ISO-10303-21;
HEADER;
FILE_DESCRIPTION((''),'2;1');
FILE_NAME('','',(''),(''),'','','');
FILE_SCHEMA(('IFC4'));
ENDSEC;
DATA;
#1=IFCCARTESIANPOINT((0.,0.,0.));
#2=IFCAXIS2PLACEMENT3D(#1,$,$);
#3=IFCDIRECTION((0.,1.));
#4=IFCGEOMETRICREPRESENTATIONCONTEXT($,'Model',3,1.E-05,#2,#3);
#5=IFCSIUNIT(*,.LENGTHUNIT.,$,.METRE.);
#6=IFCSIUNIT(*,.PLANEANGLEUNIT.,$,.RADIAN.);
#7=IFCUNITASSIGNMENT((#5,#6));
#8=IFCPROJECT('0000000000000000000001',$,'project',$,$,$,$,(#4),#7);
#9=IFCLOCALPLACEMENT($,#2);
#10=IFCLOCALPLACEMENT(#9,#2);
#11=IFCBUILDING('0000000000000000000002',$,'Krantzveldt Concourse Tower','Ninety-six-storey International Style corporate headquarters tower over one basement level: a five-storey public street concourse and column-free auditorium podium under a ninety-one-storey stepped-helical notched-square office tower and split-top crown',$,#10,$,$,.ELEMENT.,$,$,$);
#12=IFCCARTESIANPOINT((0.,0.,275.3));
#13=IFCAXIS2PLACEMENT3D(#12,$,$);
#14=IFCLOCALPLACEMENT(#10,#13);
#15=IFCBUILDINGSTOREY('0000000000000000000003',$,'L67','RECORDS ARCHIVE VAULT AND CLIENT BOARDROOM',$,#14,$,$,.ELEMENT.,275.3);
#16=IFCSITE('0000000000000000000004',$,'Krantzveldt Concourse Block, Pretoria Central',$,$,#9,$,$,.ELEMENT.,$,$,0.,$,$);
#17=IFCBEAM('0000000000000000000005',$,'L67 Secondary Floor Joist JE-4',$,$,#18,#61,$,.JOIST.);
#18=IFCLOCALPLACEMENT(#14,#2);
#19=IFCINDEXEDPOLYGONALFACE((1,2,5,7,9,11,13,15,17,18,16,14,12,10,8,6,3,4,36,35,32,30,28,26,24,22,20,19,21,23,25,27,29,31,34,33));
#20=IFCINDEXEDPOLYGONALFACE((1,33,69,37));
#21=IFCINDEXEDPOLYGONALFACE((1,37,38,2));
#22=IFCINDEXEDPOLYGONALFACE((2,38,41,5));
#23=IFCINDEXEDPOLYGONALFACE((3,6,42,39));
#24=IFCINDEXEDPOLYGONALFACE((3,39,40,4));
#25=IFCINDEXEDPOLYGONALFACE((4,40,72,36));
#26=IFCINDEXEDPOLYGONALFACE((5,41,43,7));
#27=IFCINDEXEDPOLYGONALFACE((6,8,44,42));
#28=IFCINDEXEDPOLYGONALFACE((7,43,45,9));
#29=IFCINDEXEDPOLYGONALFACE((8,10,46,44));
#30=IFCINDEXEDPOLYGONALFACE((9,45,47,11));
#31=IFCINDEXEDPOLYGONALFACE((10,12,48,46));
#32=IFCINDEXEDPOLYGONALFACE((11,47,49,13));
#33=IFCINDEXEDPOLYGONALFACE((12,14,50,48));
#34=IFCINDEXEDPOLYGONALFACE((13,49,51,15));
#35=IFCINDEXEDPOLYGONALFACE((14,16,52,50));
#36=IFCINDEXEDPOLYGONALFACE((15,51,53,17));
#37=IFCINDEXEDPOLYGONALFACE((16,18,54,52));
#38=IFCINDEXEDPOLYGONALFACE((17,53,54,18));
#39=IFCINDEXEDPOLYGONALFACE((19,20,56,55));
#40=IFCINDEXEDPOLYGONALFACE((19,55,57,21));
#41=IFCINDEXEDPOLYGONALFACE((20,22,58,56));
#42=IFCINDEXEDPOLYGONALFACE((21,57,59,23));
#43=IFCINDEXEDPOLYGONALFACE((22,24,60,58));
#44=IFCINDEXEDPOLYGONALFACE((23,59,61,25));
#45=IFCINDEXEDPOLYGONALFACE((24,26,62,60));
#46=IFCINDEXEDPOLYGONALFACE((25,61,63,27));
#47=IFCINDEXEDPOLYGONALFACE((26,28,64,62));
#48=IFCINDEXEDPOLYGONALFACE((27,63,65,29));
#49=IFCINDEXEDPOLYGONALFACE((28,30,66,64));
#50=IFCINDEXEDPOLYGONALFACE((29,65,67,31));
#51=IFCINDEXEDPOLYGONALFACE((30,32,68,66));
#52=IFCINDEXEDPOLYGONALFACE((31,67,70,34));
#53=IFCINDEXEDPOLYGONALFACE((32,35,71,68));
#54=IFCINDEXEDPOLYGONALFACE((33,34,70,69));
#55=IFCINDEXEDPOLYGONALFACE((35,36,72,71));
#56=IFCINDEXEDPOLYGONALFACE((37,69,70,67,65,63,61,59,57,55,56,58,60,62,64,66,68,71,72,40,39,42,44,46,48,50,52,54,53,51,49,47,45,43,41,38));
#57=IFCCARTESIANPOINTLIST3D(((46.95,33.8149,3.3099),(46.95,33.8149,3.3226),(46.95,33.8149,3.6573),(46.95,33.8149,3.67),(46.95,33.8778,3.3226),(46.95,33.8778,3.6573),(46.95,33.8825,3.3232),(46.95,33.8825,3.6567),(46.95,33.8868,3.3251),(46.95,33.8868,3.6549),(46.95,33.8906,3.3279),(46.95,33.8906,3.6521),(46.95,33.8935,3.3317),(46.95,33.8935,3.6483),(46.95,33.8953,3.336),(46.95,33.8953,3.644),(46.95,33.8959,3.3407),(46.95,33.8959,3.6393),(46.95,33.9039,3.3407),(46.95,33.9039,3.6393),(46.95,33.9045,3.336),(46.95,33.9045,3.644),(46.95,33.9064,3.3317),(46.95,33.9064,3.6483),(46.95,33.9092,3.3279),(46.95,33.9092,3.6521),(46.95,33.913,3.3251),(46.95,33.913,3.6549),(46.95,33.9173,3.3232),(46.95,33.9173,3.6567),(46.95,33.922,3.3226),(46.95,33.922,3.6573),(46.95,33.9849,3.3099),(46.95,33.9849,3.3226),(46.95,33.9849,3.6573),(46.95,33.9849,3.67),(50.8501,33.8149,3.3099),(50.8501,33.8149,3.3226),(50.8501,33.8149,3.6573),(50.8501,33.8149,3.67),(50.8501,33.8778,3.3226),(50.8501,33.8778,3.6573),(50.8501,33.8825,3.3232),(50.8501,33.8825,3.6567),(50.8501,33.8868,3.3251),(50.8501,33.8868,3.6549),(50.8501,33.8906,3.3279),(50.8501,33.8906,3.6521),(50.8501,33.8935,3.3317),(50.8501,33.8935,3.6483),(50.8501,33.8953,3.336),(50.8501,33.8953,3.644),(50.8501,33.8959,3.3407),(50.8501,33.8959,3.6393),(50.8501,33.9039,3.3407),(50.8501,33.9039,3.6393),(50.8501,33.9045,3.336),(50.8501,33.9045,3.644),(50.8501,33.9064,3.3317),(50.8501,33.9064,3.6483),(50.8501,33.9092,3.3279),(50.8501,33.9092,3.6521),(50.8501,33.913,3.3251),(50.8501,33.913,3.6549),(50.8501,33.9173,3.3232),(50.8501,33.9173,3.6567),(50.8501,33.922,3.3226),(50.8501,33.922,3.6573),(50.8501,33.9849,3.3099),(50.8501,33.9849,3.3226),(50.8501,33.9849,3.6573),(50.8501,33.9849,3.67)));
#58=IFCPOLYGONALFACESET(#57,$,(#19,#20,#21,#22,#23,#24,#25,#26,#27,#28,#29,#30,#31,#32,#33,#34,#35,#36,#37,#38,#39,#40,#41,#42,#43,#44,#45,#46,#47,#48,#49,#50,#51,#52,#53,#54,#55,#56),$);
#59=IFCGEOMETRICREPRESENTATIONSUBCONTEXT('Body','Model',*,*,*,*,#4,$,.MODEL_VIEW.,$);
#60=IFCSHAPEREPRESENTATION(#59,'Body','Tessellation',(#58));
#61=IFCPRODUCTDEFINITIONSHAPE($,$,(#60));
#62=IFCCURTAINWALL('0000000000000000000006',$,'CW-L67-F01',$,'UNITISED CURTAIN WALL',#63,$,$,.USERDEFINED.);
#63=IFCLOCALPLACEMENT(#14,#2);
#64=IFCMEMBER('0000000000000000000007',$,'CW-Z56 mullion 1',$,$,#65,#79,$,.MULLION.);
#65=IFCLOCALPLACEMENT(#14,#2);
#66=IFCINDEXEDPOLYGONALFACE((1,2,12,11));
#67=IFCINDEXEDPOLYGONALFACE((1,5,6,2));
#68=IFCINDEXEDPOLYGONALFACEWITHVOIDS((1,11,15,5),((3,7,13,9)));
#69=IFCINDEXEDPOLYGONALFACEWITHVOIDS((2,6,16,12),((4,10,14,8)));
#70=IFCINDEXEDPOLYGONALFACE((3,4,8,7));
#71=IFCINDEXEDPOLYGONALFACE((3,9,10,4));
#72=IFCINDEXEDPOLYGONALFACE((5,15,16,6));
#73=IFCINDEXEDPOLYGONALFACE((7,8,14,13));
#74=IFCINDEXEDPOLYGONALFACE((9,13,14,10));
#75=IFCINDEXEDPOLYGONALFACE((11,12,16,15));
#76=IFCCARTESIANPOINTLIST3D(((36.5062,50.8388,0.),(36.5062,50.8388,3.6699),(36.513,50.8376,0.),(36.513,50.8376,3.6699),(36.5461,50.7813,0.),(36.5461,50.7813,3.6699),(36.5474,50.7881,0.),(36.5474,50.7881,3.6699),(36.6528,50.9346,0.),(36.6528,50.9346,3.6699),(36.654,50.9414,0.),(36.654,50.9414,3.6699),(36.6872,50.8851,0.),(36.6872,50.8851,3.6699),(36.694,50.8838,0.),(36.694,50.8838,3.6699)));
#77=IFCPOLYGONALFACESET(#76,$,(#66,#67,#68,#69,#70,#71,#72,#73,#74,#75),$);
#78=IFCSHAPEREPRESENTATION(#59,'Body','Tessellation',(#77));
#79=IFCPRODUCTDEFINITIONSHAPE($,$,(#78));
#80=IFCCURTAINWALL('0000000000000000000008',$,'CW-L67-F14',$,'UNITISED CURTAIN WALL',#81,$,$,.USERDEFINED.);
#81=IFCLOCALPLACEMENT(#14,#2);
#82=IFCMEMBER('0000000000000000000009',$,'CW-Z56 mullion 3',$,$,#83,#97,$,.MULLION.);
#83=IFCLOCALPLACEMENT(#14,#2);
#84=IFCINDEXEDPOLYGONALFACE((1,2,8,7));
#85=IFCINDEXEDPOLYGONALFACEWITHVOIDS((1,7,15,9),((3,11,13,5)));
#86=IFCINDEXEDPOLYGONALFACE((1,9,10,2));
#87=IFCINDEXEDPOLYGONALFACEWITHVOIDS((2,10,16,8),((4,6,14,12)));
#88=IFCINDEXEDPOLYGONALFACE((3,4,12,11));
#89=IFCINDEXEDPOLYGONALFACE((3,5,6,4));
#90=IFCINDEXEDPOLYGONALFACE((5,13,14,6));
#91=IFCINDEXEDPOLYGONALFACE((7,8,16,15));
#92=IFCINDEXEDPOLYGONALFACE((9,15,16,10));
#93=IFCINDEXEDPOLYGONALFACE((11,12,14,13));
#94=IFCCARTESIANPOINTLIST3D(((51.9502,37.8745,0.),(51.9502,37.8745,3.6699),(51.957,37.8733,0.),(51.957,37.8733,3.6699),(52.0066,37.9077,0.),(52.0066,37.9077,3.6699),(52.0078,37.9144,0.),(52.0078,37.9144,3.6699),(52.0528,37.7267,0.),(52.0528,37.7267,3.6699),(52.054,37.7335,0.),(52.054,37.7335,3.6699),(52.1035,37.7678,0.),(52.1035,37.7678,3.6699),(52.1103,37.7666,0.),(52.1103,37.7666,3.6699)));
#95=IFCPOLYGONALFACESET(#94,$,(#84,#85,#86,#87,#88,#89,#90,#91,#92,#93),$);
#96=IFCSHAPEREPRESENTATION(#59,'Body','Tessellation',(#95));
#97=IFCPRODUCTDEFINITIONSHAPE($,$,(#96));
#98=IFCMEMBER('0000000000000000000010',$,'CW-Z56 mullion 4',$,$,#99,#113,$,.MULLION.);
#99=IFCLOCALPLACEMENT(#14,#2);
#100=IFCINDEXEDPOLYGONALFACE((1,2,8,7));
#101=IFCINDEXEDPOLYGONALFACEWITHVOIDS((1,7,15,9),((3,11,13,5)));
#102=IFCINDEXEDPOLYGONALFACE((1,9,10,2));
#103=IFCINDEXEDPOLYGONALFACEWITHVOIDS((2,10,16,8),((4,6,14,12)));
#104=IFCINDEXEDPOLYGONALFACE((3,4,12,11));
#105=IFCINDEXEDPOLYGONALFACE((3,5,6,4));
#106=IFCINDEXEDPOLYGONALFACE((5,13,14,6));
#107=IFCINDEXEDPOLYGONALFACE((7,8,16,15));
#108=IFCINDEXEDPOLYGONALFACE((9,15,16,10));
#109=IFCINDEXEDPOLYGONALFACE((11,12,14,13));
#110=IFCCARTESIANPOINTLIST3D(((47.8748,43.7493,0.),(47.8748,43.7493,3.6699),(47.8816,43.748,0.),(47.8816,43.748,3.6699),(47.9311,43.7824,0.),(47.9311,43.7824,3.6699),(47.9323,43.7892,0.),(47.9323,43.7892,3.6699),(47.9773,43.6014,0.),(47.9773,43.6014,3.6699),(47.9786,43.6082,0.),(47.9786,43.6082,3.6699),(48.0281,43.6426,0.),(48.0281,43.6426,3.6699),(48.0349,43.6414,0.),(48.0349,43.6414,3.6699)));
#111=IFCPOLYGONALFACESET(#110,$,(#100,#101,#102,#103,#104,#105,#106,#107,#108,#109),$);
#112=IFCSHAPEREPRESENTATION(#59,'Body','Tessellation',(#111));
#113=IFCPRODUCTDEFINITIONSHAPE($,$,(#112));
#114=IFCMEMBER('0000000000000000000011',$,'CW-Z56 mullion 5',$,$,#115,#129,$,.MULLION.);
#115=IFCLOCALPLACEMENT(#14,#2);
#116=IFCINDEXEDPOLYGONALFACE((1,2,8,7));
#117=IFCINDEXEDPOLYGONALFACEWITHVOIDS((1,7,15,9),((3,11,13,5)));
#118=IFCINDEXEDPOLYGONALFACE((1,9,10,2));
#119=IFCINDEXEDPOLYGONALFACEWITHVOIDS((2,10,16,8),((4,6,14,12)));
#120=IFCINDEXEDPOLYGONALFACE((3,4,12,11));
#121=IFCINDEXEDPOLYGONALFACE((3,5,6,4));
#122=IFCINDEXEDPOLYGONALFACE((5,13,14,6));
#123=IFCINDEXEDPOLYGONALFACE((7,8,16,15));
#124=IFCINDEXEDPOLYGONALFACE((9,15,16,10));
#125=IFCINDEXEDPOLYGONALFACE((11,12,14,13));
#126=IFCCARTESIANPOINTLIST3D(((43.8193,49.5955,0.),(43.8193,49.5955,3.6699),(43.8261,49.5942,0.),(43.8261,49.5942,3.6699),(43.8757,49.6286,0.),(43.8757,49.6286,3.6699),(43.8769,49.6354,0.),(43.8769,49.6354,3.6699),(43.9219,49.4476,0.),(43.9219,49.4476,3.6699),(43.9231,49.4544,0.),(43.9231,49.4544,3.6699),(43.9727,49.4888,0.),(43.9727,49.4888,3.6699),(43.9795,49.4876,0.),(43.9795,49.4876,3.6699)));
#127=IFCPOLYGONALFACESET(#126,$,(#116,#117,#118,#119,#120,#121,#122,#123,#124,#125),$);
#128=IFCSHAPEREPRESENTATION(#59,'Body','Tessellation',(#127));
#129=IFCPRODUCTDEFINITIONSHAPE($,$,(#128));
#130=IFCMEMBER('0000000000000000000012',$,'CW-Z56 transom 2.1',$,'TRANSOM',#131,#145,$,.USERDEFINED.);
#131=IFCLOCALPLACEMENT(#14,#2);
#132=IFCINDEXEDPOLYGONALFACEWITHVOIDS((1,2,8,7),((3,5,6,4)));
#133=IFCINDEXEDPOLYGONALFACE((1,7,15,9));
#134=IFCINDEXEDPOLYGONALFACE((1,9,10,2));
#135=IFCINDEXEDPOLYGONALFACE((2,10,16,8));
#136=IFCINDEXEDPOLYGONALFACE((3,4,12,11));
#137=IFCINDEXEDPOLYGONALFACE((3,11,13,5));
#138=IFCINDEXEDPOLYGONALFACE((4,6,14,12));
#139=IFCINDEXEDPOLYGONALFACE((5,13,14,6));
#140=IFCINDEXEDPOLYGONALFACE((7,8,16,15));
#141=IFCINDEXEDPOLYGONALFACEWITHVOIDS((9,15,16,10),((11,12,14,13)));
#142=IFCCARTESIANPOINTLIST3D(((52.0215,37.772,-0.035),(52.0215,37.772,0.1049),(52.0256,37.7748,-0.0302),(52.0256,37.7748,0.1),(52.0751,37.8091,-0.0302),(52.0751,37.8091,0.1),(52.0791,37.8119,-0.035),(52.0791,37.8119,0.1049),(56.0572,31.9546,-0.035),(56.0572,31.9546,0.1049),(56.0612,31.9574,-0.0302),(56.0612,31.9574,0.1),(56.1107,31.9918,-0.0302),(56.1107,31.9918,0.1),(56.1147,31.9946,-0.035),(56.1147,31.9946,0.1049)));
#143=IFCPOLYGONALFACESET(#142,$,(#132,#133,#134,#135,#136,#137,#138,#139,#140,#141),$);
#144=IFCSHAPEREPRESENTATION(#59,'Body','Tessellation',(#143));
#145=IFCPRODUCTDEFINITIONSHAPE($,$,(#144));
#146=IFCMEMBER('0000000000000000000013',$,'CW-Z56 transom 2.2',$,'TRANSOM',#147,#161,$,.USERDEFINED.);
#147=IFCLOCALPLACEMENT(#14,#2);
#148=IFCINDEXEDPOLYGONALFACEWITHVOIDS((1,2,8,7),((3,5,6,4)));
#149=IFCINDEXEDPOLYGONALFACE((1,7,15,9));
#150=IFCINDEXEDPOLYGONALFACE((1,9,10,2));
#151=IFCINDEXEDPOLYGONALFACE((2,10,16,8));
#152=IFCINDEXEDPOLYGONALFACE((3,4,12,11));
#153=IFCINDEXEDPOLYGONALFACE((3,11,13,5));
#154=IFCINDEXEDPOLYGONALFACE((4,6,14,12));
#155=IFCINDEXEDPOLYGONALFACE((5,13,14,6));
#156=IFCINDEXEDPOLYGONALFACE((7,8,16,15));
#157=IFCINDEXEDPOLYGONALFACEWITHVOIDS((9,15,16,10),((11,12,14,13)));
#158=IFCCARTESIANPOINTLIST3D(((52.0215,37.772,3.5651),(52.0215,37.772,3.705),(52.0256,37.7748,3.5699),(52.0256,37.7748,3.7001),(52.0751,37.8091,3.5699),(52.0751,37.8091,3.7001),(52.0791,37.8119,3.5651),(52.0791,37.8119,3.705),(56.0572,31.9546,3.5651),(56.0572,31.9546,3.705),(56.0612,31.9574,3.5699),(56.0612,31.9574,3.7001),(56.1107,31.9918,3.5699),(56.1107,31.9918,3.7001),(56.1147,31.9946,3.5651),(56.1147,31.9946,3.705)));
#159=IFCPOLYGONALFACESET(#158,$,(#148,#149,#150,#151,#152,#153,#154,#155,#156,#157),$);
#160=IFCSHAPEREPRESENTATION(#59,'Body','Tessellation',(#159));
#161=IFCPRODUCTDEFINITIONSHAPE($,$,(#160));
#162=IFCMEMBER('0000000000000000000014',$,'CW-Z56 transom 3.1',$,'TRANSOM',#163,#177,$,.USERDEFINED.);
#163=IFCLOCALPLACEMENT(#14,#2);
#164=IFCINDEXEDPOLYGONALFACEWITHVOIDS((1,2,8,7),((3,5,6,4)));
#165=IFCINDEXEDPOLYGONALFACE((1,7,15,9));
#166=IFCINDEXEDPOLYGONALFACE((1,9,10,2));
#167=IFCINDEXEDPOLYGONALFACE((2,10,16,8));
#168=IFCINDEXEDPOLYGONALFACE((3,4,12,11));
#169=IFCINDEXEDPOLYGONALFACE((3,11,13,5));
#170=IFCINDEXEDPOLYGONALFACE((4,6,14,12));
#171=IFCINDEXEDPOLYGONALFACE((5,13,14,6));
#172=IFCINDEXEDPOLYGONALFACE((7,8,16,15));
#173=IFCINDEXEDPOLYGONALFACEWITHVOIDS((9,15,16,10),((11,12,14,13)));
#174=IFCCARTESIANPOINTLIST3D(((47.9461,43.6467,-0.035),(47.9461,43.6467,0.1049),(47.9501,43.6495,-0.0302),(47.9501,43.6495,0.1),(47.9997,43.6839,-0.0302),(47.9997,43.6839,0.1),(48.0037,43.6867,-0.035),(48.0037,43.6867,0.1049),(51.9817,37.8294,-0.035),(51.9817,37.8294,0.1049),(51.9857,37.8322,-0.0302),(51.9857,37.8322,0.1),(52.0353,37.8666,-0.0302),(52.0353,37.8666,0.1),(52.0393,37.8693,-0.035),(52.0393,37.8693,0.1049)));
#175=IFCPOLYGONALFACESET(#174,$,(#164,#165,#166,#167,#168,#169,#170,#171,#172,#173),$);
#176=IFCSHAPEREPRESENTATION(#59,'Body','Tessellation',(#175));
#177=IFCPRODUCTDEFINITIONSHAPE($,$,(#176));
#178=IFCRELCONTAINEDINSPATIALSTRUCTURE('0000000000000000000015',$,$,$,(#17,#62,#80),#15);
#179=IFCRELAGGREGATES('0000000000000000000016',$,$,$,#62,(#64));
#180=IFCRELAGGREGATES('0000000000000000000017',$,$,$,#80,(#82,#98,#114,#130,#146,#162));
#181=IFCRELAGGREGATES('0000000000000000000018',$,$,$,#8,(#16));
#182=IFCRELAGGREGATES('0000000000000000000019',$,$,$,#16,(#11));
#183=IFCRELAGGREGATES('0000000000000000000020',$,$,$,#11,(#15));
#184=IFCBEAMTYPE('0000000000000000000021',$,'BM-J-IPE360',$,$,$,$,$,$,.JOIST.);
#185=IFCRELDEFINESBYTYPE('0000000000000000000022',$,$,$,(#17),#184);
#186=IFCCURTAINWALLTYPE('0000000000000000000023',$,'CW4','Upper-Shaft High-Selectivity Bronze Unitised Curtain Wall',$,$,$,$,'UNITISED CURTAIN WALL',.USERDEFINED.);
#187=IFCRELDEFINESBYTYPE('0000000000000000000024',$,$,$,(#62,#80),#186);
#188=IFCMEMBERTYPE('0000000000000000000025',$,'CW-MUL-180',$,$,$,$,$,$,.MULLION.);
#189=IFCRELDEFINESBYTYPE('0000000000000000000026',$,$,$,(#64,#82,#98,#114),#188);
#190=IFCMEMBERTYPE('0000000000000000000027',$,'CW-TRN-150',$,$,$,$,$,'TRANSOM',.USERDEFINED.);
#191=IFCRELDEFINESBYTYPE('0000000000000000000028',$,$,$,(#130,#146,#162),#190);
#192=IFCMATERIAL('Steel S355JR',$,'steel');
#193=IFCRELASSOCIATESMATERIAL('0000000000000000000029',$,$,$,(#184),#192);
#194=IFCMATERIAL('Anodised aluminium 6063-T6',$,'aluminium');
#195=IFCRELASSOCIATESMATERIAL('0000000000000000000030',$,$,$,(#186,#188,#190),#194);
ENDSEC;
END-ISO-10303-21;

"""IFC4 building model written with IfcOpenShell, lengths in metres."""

from ifc_helpers import new_model, si_unit, direction, frame, origin, origin_2d, place, context, subcontext, project, spatial, hollow_rectangle, i_section, extrude, source, transform, mapped, material, material_profile, profile_set, type_object, type_shapes, element, aggregate, save


model = new_model("IFC4")

# Units and contexts
model_context = context("Model", 3, precision=1e-05, world=origin(), true_north=direction((0.0, 1.0)))
body_context = subcontext(model_context, "Body", "Model", "MODEL_VIEW")
ifc_project = project(units=[si_unit("LENGTHUNIT", "METRE"), si_unit("PLANEANGLEUNIT", "RADIAN")], contexts=[model_context])

# Site, building, storey
site_placement = place(None, origin())
site = spatial("IfcSite", under=ifc_project, at=site_placement, Name="Krantzveldt Concourse Block, Pretoria Central", CompositionType="ELEMENT", RefElevation=0.0)
building_placement = place(site_placement, origin())
building = spatial("IfcBuilding", under=site, at=building_placement, Name="Krantzveldt Concourse Tower", Description="Ninety-six-storey International Style corporate headquarters tower over one basement level: a five-storey public street concourse and column-free auditorium podium under a ninety-one-storey stepped-helical notched-square office tower and split-top crown", CompositionType="ELEMENT")
storey_placement = place(building_placement, frame((0.0, 0.0, 275.3)))
storey = spatial("IfcBuildingStorey", under=building, at=storey_placement, Name="L67", Description="RECORDS ARCHIVE VAULT AND CLIENT BOARDROOM", CompositionType="ELEMENT", Elevation=275.3)

# Beam
ifc_material_1 = material(Name="Steel S355JR", Category="steel")
ifc_material_profile_1 = material_profile(ifc_material_1, i_section(OverallWidth=0.1699, OverallDepth=0.3601, WebThickness=0.0081, FlangeThickness=0.0127, FilletRadius=0.0181, at=origin_2d()), Name="Steel S355JR", Category="steel")
ifc_profile_set_1 = profile_set([ifc_material_profile_1], Name="Steel S355JR - IPE 360")
beam_type_1 = type_object("IfcBeamType", Name="BM-J-IPE360", PredefinedType="JOIST", material=ifc_profile_set_1)
shared_shape_1 = source(origin(), body_context, "Body", "SweptSolid", [
    extrude(i_section(OverallWidth=0.1699, OverallDepth=0.3601, WebThickness=0.0081, FlangeThickness=0.0127, FilletRadius=0.0181, at=origin_2d()), origin(), (0.0, 0.0, 1.0), 3.9001),
])
type_shapes(beam_type_1, [shared_shape_1])
beam_1_placement = place(storey_placement, frame((46.95, 33.8999, 3.49), z_axis=(1.0, 0.0, 0.0), x_axis=(0.0, 1.0, 0.0)))
element("IfcBeam", 1, at=beam_1_placement, inside=storey, type_object=beam_type_1, Name="L67 Secondary Floor Joist JE-4", PredefinedType="JOIST", context=body_context, shape_type="MappedRepresentation", body=[
    mapped(shared_shape_1, transform((0.0, 0.0, 0.0), x_axis=(1.0, 0.0, 0.0), y_axis=(0.0, 1.0, 0.0), z_axis=(0.0, 0.0, 1.0), scale=1.0)),
])

# Curtain wall, member
ifc_material_2 = material(Name="Anodised aluminium 6063-T6", Category="aluminium")
curtain_wall_type = type_object("IfcCurtainWallType", Name="CW4", Description="Upper-Shaft High-Selectivity Bronze Unitised Curtain Wall", ElementType="UNITISED CURTAIN WALL", PredefinedType="USERDEFINED", material=ifc_material_2)
curtain_wall_1_placement = place(storey_placement, origin())
curtain_wall_1 = element("IfcCurtainWall", 2, at=curtain_wall_1_placement, inside=storey, type_object=curtain_wall_type, Name="CW-L67-F01", ObjectType="UNITISED CURTAIN WALL", PredefinedType="USERDEFINED")
ifc_material_profile_2 = material_profile(ifc_material_2, hollow_rectangle(XDim=0.0701, YDim=0.1799, WallThickness=0.0049, at=origin_2d()), Name="Anodised aluminium 6063-T6", Category="aluminium")
ifc_profile_set_2 = profile_set([ifc_material_profile_2], Name="Anodised aluminium 6063-T6 - ALU-MULL 180x70x5")
member_type_1 = type_object("IfcMemberType", Name="CW-MUL-180", PredefinedType="MULLION", material=ifc_profile_set_2)
shared_shape_2 = source(origin(), body_context, "Body", "SweptSolid", [
    extrude(hollow_rectangle(XDim=0.0701, YDim=0.1799, WallThickness=0.0049, at=origin_2d()), origin(), (0.0, 0.0, 1.0), 3.6699),
])
type_shapes(member_type_1, [shared_shape_2])
member_1_placement = place(storey_placement, frame((36.6001, 50.8613, 0.0), z_axis=(0.0, 0.0, 1.0), x_axis=(0.569997, -0.821647, 0.0)))
member_1 = element("IfcMember", 3, at=member_1_placement, type_object=member_type_1, Name="CW-Z56 mullion 1", PredefinedType="MULLION", context=body_context, shape_type="MappedRepresentation", body=[
    mapped(shared_shape_2, transform((0.0, 0.0, 0.0), x_axis=(1.0, 0.0, 0.0), y_axis=(0.0, 1.0, 0.0), z_axis=(0.0, 0.0, 1.0), scale=1.0)),
])

# Curtain wall, members
curtain_wall_2_placement = place(storey_placement, origin())
curtain_wall_2 = element("IfcCurtainWall", 4, at=curtain_wall_2_placement, inside=storey, type_object=curtain_wall_type, Name="CW-L67-F14", ObjectType="UNITISED CURTAIN WALL", PredefinedType="USERDEFINED")
member_2_placement = place(storey_placement, frame((52.0303, 37.8206, 0.0), z_axis=(0.0, 0.0, 1.0), x_axis=(-0.821647, -0.569997, 0.0)))
member_2 = element("IfcMember", 5, at=member_2_placement, type_object=member_type_1, Name="CW-Z56 mullion 3", PredefinedType="MULLION", context=body_context, shape_type="MappedRepresentation", body=[
    mapped(shared_shape_2, transform((0.0, 0.0, 0.0), x_axis=(1.0, 0.0, 0.0), y_axis=(0.0, 1.0, 0.0), z_axis=(0.0, 0.0, 1.0), scale=1.0)),
])
member_3_placement = place(storey_placement, frame((47.9548, 43.6953, 0.0), z_axis=(0.0, 0.0, 1.0), x_axis=(-0.821647, -0.569997, 0.0)))
member_3 = element("IfcMember", 6, at=member_3_placement, type_object=member_type_1, Name="CW-Z56 mullion 4", PredefinedType="MULLION", context=body_context, shape_type="MappedRepresentation", body=[
    mapped(shared_shape_2, transform((0.0, 0.0, 0.0), x_axis=(1.0, 0.0, 0.0), y_axis=(0.0, 1.0, 0.0), z_axis=(0.0, 0.0, 1.0), scale=1.0)),
])
member_4_placement = place(storey_placement, frame((43.8994, 49.5415, 0.0), z_axis=(0.0, 0.0, 1.0), x_axis=(-0.821647, -0.569997, 0.0)))
member_4 = element("IfcMember", 7, at=member_4_placement, type_object=member_type_1, Name="CW-Z56 mullion 5", PredefinedType="MULLION", context=body_context, shape_type="MappedRepresentation", body=[
    mapped(shared_shape_2, transform((0.0, 0.0, 0.0), x_axis=(1.0, 0.0, 0.0), y_axis=(0.0, 1.0, 0.0), z_axis=(0.0, 0.0, 1.0), scale=1.0)),
])
ifc_material_profile_3 = material_profile(ifc_material_2, hollow_rectangle(XDim=0.0701, YDim=0.1399, WallThickness=0.0049, at=origin_2d()), Name="Anodised aluminium 6063-T6", Category="aluminium")
ifc_profile_set_3 = profile_set([ifc_material_profile_3], Name="Anodised aluminium 6063-T6 - ALU-TRAN 140x70x5")
member_type_2 = type_object("IfcMemberType", Name="CW-TRN-150", ElementType="TRANSOM", PredefinedType="USERDEFINED", material=ifc_profile_set_3)
shared_shape_3 = source(origin(), body_context, "Body", "SweptSolid", [
    extrude(hollow_rectangle(XDim=0.0701, YDim=0.1399, WallThickness=0.0049, at=origin_2d()), origin(), (0.0, 0.0, 1.0), 7.0801),
])
member_5_placement = place(storey_placement, frame((56.0859, 31.9746, 0.0349), z_axis=(-0.569995, 0.821648, 0.0), x_axis=(-0.821648, -0.569995, 0.0)))
member_5 = element("IfcMember", 8, at=member_5_placement, type_object=member_type_2, Name="CW-Z56 transom 2.1", ObjectType="TRANSOM", PredefinedType="USERDEFINED", context=body_context, shape_type="MappedRepresentation", body=[
    mapped(shared_shape_3, transform((0.0, 0.0, 0.0), x_axis=(1.0, 0.0, 0.0), y_axis=(0.0, 1.0, 0.0), z_axis=(0.0, 0.0, 1.0), scale=1.0)),
])
member_6_placement = place(storey_placement, frame((56.0859, 31.9746, 3.635), z_axis=(-0.569995, 0.821648, 0.0), x_axis=(-0.821648, -0.569995, 0.0)))
member_6 = element("IfcMember", 9, at=member_6_placement, type_object=member_type_2, Name="CW-Z56 transom 2.2", ObjectType="TRANSOM", PredefinedType="USERDEFINED", context=body_context, shape_type="MappedRepresentation", body=[
    mapped(shared_shape_3, transform((0.0, 0.0, 0.0), x_axis=(1.0, 0.0, 0.0), y_axis=(0.0, 1.0, 0.0), z_axis=(0.0, 0.0, 1.0), scale=1.0)),
])
member_7_placement = place(storey_placement, frame((52.0105, 37.8494, 0.0349), z_axis=(-0.569995, 0.821648, 0.0), x_axis=(-0.821648, -0.569995, 0.0)))
member_7 = element("IfcMember", 10, at=member_7_placement, type_object=member_type_2, Name="CW-Z56 transom 3.1", ObjectType="TRANSOM", PredefinedType="USERDEFINED", context=body_context, shape_type="MappedRepresentation", body=[
    mapped(shared_shape_3, transform((0.0, 0.0, 0.0), x_axis=(1.0, 0.0, 0.0), y_axis=(0.0, 1.0, 0.0), z_axis=(0.0, 0.0, 1.0), scale=1.0)),
])

aggregate(curtain_wall_1, [member_1])

aggregate(curtain_wall_2, [member_2, member_3, member_4, member_5, member_6, member_7])

save(model, "model.ifc")
